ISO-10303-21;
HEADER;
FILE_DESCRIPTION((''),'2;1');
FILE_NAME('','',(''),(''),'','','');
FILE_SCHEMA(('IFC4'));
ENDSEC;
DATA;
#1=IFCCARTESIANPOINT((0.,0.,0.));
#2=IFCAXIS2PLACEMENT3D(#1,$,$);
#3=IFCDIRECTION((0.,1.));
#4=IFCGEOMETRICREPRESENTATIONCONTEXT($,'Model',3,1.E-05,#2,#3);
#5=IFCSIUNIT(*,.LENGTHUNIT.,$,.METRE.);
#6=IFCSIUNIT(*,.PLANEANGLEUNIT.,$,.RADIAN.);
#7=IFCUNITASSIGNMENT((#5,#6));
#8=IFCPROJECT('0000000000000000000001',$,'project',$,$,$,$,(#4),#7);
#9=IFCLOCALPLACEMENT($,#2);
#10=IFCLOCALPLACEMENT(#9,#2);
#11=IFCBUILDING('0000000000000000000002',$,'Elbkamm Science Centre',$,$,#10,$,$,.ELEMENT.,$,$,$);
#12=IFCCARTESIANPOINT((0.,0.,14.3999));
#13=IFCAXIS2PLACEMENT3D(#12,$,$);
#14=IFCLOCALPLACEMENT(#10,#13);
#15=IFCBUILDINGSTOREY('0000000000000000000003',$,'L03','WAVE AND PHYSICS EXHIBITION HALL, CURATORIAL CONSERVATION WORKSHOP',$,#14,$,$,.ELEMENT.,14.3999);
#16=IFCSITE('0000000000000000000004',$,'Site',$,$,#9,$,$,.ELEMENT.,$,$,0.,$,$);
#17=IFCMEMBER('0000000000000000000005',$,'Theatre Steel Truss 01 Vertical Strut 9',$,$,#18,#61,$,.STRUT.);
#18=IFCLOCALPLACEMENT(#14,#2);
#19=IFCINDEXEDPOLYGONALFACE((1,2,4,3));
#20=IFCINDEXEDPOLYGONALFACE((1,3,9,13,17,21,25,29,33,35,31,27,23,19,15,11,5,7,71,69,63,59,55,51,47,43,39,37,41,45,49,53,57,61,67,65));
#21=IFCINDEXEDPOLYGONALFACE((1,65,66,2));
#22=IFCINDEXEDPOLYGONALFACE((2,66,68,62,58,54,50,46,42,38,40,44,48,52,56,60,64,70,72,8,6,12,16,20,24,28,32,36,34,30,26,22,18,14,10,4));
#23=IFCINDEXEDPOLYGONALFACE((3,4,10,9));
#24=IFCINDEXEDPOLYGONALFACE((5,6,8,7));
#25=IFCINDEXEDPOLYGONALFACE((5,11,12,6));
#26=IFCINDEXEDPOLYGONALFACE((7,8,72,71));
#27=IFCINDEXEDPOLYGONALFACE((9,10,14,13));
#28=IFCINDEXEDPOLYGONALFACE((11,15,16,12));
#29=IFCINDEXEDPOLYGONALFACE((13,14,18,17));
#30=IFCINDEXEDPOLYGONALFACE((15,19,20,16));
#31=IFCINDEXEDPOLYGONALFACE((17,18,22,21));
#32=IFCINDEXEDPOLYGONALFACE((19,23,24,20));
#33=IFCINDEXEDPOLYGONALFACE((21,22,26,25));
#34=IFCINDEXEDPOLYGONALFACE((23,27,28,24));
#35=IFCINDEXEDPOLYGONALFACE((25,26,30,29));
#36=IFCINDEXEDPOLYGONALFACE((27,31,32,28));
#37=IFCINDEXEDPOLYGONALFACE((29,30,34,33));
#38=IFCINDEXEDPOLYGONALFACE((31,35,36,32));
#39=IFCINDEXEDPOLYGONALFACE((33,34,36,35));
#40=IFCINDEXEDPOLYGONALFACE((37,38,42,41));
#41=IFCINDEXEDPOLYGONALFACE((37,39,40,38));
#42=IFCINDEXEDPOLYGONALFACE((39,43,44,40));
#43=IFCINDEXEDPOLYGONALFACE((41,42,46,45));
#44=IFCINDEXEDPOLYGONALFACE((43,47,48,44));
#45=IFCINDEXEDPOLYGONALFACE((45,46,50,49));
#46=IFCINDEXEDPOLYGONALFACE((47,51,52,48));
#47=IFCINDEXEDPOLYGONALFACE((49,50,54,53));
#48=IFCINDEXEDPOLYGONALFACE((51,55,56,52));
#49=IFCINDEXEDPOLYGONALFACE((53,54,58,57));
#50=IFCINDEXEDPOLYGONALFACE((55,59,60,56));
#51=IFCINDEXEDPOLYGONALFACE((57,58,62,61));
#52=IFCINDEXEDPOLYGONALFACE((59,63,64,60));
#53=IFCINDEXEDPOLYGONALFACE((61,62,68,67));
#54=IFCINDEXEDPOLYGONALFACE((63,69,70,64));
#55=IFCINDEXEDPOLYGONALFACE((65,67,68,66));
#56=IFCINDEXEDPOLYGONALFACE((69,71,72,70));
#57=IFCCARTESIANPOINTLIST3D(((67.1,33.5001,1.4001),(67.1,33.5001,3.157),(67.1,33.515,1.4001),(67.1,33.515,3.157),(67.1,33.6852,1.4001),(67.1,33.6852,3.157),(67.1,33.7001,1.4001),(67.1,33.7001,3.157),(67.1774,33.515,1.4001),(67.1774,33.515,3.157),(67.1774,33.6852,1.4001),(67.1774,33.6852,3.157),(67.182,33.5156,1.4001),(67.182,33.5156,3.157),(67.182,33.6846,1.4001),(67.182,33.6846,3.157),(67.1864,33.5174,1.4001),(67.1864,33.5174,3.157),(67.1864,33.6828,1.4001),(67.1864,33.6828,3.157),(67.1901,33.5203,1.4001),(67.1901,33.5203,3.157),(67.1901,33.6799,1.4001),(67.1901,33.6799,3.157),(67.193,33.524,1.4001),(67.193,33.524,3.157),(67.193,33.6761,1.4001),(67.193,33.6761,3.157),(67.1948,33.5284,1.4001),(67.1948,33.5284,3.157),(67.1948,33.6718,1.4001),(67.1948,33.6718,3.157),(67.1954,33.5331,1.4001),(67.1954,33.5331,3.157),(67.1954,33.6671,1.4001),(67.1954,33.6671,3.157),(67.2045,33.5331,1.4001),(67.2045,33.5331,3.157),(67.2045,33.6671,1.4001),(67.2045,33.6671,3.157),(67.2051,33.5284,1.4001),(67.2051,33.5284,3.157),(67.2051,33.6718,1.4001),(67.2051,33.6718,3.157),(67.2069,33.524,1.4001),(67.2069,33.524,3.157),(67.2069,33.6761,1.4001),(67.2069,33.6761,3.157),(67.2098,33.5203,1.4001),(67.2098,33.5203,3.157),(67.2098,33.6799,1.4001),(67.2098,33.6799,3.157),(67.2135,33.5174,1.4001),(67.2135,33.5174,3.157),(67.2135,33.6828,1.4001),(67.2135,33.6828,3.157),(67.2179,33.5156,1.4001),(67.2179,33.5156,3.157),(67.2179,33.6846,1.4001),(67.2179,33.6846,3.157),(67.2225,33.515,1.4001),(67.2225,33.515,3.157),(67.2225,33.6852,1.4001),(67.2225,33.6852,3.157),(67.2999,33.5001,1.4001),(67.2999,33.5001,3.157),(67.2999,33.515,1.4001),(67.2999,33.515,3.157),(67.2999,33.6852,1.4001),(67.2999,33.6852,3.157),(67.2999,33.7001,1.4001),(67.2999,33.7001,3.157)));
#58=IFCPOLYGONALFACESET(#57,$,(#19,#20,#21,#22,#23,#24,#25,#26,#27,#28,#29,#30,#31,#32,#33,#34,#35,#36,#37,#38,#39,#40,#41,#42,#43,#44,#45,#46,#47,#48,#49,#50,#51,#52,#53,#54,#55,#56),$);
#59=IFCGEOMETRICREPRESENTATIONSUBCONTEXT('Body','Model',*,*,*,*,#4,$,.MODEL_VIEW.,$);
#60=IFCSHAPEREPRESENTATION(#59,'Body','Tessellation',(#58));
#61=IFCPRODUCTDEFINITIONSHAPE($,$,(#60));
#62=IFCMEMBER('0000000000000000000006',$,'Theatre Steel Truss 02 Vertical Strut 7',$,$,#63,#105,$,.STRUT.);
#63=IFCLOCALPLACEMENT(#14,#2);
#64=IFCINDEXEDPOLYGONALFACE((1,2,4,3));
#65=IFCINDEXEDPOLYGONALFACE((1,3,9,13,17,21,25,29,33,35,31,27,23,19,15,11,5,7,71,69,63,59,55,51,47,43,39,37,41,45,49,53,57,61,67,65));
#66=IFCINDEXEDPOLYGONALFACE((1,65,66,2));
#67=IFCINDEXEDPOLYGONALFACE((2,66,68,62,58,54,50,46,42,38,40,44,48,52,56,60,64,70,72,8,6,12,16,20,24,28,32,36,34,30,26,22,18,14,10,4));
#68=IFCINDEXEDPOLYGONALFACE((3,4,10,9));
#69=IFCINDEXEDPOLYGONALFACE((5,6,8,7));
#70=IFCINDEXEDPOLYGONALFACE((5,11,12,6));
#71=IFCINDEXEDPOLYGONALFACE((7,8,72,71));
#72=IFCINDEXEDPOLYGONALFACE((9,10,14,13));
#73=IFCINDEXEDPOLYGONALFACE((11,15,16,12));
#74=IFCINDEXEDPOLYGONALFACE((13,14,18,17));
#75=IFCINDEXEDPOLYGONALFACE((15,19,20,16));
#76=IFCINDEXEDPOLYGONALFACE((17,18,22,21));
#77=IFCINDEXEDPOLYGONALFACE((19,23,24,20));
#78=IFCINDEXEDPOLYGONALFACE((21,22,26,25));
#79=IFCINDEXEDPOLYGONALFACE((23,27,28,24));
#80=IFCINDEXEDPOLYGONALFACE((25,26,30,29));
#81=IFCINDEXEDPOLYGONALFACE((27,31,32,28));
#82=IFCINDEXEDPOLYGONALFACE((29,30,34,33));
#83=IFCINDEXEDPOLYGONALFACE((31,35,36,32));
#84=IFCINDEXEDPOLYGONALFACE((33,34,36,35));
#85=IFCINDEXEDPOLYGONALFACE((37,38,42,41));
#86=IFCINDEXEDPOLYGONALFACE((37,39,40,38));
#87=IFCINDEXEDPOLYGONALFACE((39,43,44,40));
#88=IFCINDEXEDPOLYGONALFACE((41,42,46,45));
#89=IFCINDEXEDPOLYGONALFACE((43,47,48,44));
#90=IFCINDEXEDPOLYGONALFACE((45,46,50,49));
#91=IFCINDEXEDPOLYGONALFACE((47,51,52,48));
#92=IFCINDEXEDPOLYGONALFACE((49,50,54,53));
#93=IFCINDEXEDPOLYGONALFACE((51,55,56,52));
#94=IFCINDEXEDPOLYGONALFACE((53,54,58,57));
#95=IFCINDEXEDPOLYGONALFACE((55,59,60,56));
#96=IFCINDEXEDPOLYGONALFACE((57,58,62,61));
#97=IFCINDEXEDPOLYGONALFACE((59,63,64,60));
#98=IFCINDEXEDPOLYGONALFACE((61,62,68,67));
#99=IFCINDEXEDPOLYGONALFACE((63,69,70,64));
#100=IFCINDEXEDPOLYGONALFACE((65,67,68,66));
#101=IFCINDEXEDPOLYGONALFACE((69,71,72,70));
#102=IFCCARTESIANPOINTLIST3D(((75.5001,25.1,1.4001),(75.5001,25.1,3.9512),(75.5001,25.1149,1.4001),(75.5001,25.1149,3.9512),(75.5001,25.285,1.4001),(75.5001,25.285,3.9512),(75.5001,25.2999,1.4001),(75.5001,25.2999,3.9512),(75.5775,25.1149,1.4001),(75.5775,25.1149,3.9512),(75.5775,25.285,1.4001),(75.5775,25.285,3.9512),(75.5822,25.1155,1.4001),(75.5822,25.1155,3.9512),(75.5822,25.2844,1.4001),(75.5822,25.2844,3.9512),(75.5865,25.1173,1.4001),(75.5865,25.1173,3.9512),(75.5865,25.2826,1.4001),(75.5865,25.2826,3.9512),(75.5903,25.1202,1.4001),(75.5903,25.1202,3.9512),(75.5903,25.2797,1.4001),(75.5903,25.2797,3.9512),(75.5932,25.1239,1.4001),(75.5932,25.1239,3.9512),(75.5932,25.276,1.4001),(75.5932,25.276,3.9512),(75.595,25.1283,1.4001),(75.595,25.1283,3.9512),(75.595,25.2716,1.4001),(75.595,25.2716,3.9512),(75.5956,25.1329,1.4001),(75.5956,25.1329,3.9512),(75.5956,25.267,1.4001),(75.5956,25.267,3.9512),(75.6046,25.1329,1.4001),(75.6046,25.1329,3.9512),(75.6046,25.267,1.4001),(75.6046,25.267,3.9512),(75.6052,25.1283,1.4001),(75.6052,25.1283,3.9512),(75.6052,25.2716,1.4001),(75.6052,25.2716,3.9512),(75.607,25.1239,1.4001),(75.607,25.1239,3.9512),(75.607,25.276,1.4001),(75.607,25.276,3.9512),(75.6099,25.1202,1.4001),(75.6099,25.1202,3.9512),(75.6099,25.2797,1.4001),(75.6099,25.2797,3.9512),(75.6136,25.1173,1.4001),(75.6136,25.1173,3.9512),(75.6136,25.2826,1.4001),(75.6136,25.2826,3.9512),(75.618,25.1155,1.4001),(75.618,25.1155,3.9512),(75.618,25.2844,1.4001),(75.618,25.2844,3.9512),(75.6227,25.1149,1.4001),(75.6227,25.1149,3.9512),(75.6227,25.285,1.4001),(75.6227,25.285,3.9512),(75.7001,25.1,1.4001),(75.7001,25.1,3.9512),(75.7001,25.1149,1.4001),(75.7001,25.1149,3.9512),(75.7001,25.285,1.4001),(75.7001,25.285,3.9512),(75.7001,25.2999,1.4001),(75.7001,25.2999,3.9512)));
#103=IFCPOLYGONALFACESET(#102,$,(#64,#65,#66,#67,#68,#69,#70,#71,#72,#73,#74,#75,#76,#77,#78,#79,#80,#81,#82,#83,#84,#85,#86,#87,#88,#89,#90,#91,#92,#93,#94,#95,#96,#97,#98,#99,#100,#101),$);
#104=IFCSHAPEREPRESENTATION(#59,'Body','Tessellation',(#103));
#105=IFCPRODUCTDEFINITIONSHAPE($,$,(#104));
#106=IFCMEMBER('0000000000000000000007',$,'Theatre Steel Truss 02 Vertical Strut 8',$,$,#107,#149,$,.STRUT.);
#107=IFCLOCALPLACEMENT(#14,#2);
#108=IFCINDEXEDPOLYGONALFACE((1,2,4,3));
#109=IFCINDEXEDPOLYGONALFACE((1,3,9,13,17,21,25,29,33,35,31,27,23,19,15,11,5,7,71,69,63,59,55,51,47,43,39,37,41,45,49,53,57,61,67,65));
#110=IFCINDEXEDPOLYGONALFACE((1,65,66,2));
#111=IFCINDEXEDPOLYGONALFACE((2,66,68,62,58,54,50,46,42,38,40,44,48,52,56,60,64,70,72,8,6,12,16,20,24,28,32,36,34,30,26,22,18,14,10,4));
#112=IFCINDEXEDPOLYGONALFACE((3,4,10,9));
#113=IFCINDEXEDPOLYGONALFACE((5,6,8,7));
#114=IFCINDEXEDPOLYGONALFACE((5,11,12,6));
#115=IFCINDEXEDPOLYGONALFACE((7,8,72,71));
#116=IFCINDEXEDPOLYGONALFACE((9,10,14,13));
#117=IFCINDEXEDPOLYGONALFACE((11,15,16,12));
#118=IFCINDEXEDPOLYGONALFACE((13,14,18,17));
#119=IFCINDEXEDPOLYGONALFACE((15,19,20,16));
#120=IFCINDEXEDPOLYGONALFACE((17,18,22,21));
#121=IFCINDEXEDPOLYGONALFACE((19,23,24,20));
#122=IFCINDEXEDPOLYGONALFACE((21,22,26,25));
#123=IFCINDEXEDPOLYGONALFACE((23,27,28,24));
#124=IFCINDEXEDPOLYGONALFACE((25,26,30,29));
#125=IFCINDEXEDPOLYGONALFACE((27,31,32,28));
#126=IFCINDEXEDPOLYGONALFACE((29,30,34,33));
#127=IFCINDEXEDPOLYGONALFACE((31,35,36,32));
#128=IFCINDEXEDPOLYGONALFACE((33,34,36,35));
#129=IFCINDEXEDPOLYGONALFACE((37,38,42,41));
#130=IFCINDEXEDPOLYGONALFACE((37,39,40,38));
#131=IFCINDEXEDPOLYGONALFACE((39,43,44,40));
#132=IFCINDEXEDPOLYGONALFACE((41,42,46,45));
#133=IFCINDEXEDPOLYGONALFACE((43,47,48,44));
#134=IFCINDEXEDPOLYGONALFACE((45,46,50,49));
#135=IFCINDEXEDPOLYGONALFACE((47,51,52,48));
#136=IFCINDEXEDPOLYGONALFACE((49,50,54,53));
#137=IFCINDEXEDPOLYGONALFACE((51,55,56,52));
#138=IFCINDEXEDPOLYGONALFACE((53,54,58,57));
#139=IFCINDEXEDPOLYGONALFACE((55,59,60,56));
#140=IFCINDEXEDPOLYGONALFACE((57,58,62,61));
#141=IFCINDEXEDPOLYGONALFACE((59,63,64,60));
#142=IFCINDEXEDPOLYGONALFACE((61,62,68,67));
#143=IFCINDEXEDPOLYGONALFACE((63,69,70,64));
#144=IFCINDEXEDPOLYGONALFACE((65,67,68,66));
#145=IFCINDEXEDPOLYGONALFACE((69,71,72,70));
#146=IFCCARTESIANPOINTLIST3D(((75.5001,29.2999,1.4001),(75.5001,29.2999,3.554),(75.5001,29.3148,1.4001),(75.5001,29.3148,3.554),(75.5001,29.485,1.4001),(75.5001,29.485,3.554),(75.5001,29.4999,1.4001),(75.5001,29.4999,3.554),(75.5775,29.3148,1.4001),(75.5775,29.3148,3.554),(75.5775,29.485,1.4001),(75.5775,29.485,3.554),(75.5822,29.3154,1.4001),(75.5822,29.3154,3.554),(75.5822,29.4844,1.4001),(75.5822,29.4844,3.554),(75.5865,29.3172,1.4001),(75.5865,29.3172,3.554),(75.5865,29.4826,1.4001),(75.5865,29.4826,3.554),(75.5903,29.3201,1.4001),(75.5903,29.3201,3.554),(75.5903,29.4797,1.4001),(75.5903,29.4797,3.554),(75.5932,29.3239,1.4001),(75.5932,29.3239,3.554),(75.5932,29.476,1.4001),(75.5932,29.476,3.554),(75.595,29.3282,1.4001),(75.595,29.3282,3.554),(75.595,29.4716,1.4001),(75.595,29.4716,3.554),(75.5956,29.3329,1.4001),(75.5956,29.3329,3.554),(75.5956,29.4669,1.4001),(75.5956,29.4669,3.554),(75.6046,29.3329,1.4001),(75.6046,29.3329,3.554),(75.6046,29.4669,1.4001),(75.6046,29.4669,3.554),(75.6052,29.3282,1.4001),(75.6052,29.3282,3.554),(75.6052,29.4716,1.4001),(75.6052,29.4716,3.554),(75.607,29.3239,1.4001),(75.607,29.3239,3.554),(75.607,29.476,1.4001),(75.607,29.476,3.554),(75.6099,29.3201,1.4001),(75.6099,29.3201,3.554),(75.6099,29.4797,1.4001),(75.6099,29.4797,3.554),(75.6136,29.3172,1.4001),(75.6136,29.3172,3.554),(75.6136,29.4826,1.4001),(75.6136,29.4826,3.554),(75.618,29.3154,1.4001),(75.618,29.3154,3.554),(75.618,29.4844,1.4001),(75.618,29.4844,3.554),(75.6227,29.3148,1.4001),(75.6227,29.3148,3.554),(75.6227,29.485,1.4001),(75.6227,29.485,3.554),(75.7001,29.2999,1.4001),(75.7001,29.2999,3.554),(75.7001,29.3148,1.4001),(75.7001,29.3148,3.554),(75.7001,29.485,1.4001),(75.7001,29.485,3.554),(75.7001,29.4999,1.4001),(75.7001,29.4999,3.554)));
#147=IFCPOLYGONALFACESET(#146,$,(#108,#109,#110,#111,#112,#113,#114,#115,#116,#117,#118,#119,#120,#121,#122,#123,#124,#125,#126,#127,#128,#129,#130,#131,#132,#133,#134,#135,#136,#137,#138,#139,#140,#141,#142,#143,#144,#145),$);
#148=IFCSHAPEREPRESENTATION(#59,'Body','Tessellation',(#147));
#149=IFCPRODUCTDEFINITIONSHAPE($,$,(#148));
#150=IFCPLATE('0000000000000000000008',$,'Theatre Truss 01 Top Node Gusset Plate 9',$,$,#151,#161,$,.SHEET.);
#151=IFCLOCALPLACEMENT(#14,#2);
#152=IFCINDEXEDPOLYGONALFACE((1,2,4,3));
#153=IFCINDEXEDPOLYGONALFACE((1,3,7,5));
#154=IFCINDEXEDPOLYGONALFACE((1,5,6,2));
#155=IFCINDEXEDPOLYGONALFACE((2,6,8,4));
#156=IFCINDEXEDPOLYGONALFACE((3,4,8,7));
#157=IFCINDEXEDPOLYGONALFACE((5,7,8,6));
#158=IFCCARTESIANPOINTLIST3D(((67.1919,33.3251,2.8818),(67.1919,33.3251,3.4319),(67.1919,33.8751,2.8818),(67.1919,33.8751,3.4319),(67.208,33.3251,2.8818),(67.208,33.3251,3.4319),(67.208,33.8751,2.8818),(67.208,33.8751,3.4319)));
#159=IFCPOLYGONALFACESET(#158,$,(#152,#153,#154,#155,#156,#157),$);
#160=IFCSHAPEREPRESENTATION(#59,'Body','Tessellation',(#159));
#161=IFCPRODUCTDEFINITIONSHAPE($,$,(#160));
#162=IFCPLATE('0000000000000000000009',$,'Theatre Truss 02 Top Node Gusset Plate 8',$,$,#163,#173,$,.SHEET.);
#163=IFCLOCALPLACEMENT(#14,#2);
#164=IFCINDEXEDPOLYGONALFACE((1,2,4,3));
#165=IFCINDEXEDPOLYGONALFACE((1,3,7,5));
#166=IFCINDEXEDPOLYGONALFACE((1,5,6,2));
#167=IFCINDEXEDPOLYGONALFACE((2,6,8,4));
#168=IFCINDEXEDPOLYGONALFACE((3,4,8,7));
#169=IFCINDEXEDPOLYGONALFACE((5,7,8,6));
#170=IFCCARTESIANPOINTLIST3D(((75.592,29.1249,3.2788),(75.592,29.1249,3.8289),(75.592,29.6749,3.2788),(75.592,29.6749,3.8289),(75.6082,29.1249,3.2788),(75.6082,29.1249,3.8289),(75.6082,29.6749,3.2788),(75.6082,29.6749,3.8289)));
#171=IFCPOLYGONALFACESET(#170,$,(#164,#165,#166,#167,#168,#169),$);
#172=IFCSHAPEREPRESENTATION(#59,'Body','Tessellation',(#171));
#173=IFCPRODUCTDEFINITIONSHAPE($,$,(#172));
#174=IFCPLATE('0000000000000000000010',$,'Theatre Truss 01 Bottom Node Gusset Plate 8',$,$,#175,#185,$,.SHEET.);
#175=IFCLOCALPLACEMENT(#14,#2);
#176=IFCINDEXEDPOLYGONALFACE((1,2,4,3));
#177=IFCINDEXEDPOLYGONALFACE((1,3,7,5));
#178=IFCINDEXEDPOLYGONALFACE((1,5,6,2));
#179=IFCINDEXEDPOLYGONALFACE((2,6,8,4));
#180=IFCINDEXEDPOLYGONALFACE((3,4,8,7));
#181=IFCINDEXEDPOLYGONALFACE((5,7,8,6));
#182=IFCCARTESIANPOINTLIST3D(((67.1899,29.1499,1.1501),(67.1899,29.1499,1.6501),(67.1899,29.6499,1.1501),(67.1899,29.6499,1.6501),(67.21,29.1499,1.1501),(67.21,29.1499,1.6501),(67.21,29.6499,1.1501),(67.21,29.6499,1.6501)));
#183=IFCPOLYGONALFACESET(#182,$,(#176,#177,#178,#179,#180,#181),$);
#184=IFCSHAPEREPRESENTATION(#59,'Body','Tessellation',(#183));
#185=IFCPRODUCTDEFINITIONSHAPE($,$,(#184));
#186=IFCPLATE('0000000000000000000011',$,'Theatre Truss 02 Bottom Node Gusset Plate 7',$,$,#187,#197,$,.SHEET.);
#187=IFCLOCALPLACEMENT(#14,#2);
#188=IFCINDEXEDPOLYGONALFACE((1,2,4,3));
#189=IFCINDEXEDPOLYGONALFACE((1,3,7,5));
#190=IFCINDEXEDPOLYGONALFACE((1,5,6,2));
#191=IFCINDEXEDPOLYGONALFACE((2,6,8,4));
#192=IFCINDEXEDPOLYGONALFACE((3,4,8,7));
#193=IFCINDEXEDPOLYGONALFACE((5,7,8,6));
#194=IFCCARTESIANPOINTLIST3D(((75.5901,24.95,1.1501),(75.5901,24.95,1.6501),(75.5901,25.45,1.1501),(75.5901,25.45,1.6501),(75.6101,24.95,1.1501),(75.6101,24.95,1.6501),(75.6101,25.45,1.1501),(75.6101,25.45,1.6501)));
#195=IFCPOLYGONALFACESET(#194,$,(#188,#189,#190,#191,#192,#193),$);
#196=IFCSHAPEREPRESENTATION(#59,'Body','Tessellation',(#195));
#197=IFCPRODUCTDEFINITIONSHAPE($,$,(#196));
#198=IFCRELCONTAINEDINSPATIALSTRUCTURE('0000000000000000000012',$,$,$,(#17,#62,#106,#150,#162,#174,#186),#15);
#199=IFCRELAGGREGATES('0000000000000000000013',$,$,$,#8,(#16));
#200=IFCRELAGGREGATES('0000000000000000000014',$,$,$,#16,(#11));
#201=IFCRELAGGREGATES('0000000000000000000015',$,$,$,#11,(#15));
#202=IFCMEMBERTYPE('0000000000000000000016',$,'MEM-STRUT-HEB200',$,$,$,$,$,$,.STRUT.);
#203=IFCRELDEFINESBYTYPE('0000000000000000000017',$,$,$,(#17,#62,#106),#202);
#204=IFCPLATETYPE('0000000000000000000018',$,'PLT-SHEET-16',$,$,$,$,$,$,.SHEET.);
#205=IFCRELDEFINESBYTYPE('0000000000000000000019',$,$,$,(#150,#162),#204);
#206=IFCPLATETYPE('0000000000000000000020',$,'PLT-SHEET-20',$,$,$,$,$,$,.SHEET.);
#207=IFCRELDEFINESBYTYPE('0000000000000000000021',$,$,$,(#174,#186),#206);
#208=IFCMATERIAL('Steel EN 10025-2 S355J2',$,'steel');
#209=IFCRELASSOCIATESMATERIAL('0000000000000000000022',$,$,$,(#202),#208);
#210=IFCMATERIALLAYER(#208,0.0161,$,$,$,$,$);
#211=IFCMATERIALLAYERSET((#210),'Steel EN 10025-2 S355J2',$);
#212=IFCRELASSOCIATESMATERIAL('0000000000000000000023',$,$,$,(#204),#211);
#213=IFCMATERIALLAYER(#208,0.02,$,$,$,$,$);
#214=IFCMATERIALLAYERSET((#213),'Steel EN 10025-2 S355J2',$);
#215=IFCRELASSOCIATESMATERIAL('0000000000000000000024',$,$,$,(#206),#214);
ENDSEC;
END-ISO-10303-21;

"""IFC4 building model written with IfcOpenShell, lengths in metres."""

from ifc_helpers import new_model, si_unit, direction, frame, origin, origin_2d, place, context, subcontext, project, spatial, rectangle, i_section, extrude, material, layer, layer_set, material_profile, profile_set, type_object, element, save


model = new_model("IFC4")

# Units and contexts
model_context = context("Model", 3, precision=1e-05, world=origin(), true_north=direction((0.0, 1.0)))
body_context = subcontext(model_context, "Body", "Model", "MODEL_VIEW")
ifc_project = project(units=[si_unit("LENGTHUNIT", "METRE"), si_unit("PLANEANGLEUNIT", "RADIAN")], contexts=[model_context])

# Site, building, storey
site_placement = place(None, origin())
site = spatial("IfcSite", under=ifc_project, at=site_placement, Name="Site", CompositionType="ELEMENT", RefElevation=0.0)
building_placement = place(site_placement, origin())
building = spatial("IfcBuilding", under=site, at=building_placement, Name="Elbkamm Science Centre", CompositionType="ELEMENT")
storey_placement = place(building_placement, frame((0.0, 0.0, 14.3999)))
storey = spatial("IfcBuildingStorey", under=building, at=storey_placement, Name="L03", Description="WAVE AND PHYSICS EXHIBITION HALL, CURATORIAL CONSERVATION WORKSHOP", CompositionType="ELEMENT", Elevation=14.3999)

# Shared definitions
ifc_material_1 = material(Name="Steel EN 10025-2 S355J2", Category="steel")

# Members
ifc_material_profile_1 = material_profile(ifc_material_1, i_section(OverallWidth=0.2, OverallDepth=0.2, WebThickness=0.009, FlangeThickness=0.0149, FilletRadius=0.0181, at=origin_2d()), Name="HEB 200")
ifc_profile_set_1 = profile_set([ifc_material_profile_1], Name="Steel EN 10025-2 S355J2")
member_type_1 = type_object("IfcMemberType", Name="MEM-STRUT-HEB200", PredefinedType="STRUT", material=ifc_profile_set_1)
member_1_placement = place(storey_placement, frame((67.2, 33.6001, 1.4001), z_axis=(0.0, 0.0, 1.0), x_axis=(1.0, 0.0, 0.0)))
element("IfcMember", 1, at=member_1_placement, inside=storey, type_object=member_type_1, Name="Theatre Steel Truss 01 Vertical Strut 9", PredefinedType="STRUT", context=body_context, shape_type="SweptSolid", body=[
    extrude(i_section(OverallWidth=0.2, OverallDepth=0.2, WebThickness=0.009, FlangeThickness=0.0149, FilletRadius=0.0181, at=origin_2d()), origin(), (0.0, 0.0, 1.0), 1.7568),
])
member_2_placement = place(storey_placement, frame((75.6001, 25.2, 1.4001), z_axis=(0.0, 0.0, 1.0), x_axis=(1.0, 0.0, 0.0)))
element("IfcMember", 2, at=member_2_placement, inside=storey, type_object=member_type_1, Name="Theatre Steel Truss 02 Vertical Strut 7", PredefinedType="STRUT", context=body_context, shape_type="SweptSolid", body=[
    extrude(i_section(OverallWidth=0.2, OverallDepth=0.2, WebThickness=0.009, FlangeThickness=0.0149, FilletRadius=0.0181, at=origin_2d()), origin(), (0.0, 0.0, 1.0), 2.551),
])
member_3_placement = place(storey_placement, frame((75.6001, 29.3999, 1.4001), z_axis=(0.0, 0.0, 1.0), x_axis=(1.0, 0.0, 0.0)))
element("IfcMember", 3, at=member_3_placement, inside=storey, type_object=member_type_1, Name="Theatre Steel Truss 02 Vertical Strut 8", PredefinedType="STRUT", context=body_context, shape_type="SweptSolid", body=[
    extrude(i_section(OverallWidth=0.2, OverallDepth=0.2, WebThickness=0.009, FlangeThickness=0.0149, FilletRadius=0.0181, at=origin_2d()), origin(), (0.0, 0.0, 1.0), 2.1538),
])

# Plates
ifc_layer_1 = layer(ifc_material_1, 0.0161)
ifc_layer_set_1 = layer_set([ifc_layer_1], Name="Steel EN 10025-2 S355J2")
plate_type_1 = type_object("IfcPlateType", Name="PLT-SHEET-16", PredefinedType="SHEET", material=ifc_layer_set_1)
for number, where, z_axis, x_axis, name in (
    (4, (67.2, 33.6001, 2.8818), (0.0, 0.0, 1.0), (1.0, 0.0, 0.0), "Theatre Truss 01 Top Node Gusset Plate 9"),
    (5, (75.6001, 29.3999, 3.2788), (0.0, 0.0, 1.0), (1.0, 0.0, 0.0), "Theatre Truss 02 Top Node Gusset Plate 8"),
):
    element("IfcPlate", number, at=place(storey_placement, frame(where, z_axis=z_axis, x_axis=x_axis)), inside=storey, type_object=plate_type_1, Name=name, PredefinedType="SHEET", context=body_context, shape_type="SweptSolid", body=[
        extrude(rectangle(XDim=0.0161, YDim=0.55, at=origin_2d()), origin(), (0.0, 0.0, 1.0), 0.55),
    ])
ifc_layer_2 = layer(ifc_material_1, 0.02)
ifc_layer_set_2 = layer_set([ifc_layer_2], Name="Steel EN 10025-2 S355J2")
plate_type_2 = type_object("IfcPlateType", Name="PLT-SHEET-20", PredefinedType="SHEET", material=ifc_layer_set_2)
for number, where, z_axis, x_axis, name in (
    (6, (67.2, 29.3999, 1.1501), (0.0, 0.0, 1.0), (1.0, 0.0, 0.0), "Theatre Truss 01 Bottom Node Gusset Plate 8"),
    (7, (75.6001, 25.2, 1.1501), (0.0, 0.0, 1.0), (1.0, 0.0, 0.0), "Theatre Truss 02 Bottom Node Gusset Plate 7"),
):
    element("IfcPlate", number, at=place(storey_placement, frame(where, z_axis=z_axis, x_axis=x_axis)), inside=storey, type_object=plate_type_2, Name=name, PredefinedType="SHEET", context=body_context, shape_type="SweptSolid", body=[
        extrude(rectangle(XDim=0.02, YDim=0.5, at=origin_2d()), origin(), (0.0, 0.0, 1.0), 0.5),
    ])

save(model, "model.ifc")
